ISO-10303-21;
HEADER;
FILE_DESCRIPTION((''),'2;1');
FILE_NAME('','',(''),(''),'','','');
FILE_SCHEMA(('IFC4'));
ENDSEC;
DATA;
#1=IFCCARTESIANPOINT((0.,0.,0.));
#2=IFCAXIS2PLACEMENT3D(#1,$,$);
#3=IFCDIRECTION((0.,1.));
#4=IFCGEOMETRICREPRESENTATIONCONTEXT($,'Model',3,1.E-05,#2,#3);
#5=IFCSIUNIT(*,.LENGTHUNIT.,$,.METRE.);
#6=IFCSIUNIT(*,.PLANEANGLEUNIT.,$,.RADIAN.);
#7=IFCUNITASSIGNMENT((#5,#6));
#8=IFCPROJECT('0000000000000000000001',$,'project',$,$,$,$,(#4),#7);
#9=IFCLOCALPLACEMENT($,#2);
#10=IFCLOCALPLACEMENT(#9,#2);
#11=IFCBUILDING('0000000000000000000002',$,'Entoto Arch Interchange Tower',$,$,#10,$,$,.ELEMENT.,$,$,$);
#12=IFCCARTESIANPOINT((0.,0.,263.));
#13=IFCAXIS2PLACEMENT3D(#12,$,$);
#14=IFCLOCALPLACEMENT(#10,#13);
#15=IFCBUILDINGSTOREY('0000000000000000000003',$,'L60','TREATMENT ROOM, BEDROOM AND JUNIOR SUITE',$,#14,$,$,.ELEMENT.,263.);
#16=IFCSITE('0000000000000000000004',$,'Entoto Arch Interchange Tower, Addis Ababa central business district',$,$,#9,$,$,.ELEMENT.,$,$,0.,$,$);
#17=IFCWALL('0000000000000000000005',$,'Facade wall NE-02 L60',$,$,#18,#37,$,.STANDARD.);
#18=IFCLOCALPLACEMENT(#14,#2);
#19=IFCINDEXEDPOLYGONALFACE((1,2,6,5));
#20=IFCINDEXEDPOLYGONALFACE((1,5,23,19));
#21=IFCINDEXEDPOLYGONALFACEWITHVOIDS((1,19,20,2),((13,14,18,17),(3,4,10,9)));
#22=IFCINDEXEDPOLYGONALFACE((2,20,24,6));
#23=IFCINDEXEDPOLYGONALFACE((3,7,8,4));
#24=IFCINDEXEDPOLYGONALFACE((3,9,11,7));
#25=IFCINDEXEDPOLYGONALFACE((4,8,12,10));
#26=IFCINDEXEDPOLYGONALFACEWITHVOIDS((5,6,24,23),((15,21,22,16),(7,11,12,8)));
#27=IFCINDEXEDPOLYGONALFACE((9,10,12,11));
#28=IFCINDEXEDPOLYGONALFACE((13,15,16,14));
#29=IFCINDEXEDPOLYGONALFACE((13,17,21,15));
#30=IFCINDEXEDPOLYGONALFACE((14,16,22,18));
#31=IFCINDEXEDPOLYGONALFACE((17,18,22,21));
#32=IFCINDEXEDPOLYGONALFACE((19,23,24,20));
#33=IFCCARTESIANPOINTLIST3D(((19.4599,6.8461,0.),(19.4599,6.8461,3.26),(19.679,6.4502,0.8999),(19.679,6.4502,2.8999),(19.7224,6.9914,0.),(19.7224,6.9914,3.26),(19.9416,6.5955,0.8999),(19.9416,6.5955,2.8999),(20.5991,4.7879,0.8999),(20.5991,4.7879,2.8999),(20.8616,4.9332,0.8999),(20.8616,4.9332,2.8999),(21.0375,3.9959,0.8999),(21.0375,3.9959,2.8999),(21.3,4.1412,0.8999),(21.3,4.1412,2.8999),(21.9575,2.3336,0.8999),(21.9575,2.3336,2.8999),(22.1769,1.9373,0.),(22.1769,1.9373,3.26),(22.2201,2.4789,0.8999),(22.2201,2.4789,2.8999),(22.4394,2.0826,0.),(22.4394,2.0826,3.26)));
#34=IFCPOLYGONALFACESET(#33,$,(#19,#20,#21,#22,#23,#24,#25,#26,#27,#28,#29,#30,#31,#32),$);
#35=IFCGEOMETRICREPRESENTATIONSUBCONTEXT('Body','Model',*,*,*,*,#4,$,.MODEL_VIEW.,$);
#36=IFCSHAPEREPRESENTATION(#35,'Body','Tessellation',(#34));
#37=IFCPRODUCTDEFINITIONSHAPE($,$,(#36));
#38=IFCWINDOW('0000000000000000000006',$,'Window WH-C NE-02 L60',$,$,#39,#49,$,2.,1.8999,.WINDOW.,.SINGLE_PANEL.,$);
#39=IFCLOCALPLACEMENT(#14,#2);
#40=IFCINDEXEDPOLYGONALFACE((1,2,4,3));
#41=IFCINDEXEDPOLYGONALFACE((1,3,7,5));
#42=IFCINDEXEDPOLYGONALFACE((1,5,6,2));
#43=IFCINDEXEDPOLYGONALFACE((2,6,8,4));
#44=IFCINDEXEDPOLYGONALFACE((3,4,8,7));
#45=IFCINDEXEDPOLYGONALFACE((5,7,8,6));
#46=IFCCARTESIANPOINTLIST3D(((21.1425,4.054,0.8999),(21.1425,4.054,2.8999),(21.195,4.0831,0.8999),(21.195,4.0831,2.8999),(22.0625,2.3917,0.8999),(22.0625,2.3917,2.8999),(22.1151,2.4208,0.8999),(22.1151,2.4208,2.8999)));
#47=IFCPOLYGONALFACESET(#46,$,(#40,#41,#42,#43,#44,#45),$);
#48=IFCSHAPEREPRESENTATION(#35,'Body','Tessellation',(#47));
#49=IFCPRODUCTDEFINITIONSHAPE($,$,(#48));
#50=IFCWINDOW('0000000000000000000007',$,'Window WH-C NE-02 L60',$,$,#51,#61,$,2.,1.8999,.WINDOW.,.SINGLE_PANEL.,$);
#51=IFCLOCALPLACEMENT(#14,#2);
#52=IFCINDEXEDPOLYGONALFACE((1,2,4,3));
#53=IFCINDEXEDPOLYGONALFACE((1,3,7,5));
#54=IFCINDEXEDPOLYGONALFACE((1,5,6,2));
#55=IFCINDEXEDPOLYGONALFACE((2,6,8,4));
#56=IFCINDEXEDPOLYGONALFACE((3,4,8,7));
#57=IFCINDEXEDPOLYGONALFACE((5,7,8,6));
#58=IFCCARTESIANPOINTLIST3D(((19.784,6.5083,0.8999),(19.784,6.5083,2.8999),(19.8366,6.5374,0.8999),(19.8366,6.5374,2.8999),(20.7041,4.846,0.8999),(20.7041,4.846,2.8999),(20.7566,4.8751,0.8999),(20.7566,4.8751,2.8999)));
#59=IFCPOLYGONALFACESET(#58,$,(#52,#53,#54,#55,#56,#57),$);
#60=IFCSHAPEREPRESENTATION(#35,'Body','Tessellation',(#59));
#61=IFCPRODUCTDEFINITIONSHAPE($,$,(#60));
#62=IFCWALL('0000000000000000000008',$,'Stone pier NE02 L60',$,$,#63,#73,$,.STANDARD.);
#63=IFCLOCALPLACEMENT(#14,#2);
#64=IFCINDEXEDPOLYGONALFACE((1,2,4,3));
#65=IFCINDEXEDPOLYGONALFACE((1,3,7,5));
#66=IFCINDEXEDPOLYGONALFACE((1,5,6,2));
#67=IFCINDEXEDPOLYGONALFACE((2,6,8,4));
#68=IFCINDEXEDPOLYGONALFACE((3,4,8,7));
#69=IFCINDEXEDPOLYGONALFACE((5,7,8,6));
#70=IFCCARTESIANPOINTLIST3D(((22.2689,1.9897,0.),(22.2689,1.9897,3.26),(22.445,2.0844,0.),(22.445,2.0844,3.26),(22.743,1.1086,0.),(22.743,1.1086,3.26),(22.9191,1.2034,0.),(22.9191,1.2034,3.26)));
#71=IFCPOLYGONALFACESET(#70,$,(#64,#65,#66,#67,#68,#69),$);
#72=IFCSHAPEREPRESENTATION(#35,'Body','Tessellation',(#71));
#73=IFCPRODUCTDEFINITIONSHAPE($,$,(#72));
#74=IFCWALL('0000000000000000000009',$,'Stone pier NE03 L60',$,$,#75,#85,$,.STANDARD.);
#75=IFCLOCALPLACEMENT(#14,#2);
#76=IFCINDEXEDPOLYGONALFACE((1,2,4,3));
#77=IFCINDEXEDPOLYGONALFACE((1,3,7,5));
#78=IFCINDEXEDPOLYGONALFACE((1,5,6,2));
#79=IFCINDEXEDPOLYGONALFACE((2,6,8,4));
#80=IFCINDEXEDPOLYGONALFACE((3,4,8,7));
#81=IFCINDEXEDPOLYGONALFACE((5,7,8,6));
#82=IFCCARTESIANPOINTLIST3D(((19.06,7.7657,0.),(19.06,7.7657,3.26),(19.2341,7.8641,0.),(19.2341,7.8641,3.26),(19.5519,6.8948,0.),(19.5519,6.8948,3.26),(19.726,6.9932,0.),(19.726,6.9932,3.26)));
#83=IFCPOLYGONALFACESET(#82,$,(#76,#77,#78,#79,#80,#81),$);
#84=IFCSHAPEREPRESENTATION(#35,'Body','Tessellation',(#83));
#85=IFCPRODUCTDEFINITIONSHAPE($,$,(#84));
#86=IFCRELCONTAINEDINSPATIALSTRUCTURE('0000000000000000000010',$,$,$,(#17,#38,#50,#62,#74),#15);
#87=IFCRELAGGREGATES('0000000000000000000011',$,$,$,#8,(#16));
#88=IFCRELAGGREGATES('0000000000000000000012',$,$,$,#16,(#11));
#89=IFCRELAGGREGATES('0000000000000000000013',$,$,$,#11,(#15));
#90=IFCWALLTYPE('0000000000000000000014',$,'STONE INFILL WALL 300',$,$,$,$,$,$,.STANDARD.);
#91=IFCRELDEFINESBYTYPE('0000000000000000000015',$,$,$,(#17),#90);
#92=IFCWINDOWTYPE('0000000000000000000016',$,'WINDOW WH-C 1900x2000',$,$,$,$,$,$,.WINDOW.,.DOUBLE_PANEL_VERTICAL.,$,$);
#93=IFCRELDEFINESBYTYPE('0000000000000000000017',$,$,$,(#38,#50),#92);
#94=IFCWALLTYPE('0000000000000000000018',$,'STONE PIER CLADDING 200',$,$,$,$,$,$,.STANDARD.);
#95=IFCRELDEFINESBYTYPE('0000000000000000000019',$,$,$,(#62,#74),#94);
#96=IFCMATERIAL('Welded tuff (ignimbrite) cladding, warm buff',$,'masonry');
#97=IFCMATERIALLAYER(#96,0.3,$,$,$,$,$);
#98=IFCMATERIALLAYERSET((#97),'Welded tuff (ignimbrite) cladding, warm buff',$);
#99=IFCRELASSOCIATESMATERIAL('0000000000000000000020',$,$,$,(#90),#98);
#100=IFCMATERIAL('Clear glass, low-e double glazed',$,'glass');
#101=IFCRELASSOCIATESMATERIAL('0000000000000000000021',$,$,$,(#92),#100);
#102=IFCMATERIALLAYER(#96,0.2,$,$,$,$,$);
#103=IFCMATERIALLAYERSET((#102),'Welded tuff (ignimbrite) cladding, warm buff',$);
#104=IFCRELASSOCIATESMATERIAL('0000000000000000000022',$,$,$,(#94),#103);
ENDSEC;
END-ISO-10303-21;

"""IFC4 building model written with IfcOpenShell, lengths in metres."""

from ifc_helpers import new_model, si_unit, direction, frame, frame_2d, origin, place, context, subcontext, project, spatial, rectangle, extrude, material, layer, layer_set, type_object, element, fill, save


model = new_model("IFC4")

# Units and contexts
model_context = context("Model", 3, precision=1e-05, world=origin(), true_north=direction((0.0, 1.0)))
body_context = subcontext(model_context, "Body", "Model", "MODEL_VIEW")
ifc_project = project(units=[si_unit("LENGTHUNIT", "METRE"), si_unit("PLANEANGLEUNIT", "RADIAN")], contexts=[model_context])

# Site, building, storey
site_placement = place(None, origin())
site = spatial("IfcSite", under=ifc_project, at=site_placement, Name="Entoto Arch Interchange Tower, Addis Ababa central business district", CompositionType="ELEMENT", RefElevation=0.0)
building_placement = place(site_placement, origin())
building = spatial("IfcBuilding", under=site, at=building_placement, Name="Entoto Arch Interchange Tower", CompositionType="ELEMENT")
storey_placement = place(building_placement, frame((0.0, 0.0, 263.0)))
storey = spatial("IfcBuildingStorey", under=building, at=storey_placement, Name="L60", Description="TREATMENT ROOM, BEDROOM AND JUNIOR SUITE", CompositionType="ELEMENT", Elevation=263.0)

# Wall, openings, windows
ifc_material_1 = material(Name="Welded tuff (ignimbrite) cladding, warm buff", Category="masonry")
ifc_layer_1 = layer(ifc_material_1, 0.3)
ifc_layer_set_1 = layer_set([ifc_layer_1], Name="Welded tuff (ignimbrite) cladding, warm buff")
wall_type_1 = type_object("IfcWallType", Name="STONE INFILL WALL 300", PredefinedType="STANDARD", material=ifc_layer_set_1)
wall_1_placement = place(storey_placement, frame((22.3081, 2.01, 0.0), z_axis=(0.0, 0.0, 1.0), x_axis=(-0.484261, 0.874924, 0.0)))
wall_1 = element("IfcWall", 1, at=wall_1_placement, inside=storey, type_object=wall_type_1, Name="Facade wall NE-02 L60", PredefinedType="STANDARD", context=body_context, shape_type="SweptSolid", body=[
    extrude(rectangle(XDim=5.6106, YDim=0.3, at=frame_2d((2.8052, 0.0))), origin(), (0.0, 0.0, 1.0), 3.26),
])
opening_1_placement = place(wall_1_placement, frame((0.4529, 0.0, 0.8999)))
opening_1 = element("IfcOpeningElement", 2, at=opening_1_placement, cuts=wall_1, PredefinedType="OPENING", context=body_context, shape_type="SweptSolid", body=[
    extrude(rectangle(XDim=1.8999, YDim=2.0, at=frame_2d((0.95, 1.0))), frame((0.0, 0.1602, 0.0), z_axis=(0.0, -1.0, 0.0), x_axis=(1.0, 0.0, 0.0)), (0.0, 0.0, 1.0), 0.3201),
])
opening_2_placement = place(wall_1_placement, frame((3.2581, 0.0, 0.8999)))
opening_2 = element("IfcOpeningElement", 3, at=opening_2_placement, cuts=wall_1, PredefinedType="OPENING", context=body_context, shape_type="SweptSolid", body=[
    extrude(rectangle(XDim=1.8999, YDim=2.0, at=frame_2d((0.95, 1.0))), frame((0.0, 0.1602, 0.0), z_axis=(0.0, -1.0, 0.0), x_axis=(1.0, 0.0, 0.0)), (0.0, 0.0, 1.0), 0.3201),
])
ifc_material_2 = material(Name="Clear glass, low-e double glazed", Category="glass")
window_type = type_object("IfcWindowType", Name="WINDOW WH-C 1900x2000", PartitioningType="DOUBLE_PANEL_VERTICAL", PredefinedType="WINDOW", material=ifc_material_2)
window_1_placement = place(opening_1_placement, origin())
window_1 = element("IfcWindow", 4, at=window_1_placement, inside=storey, type_object=window_type, Name="Window WH-C NE-02 L60", OverallHeight=2.0, OverallWidth=1.8999, PartitioningType="SINGLE_PANEL", PredefinedType="WINDOW", context=body_context, shape_type="SweptSolid", body=[
    extrude(rectangle(XDim=1.8999, YDim=2.0, at=frame_2d((0.95, 1.0))), frame((0.0, 0.03, 0.0), z_axis=(0.0, -1.0, 0.0), x_axis=(1.0, 0.0, 0.0)), (0.0, 0.0, 1.0), 0.0601),
])
fill(opening_1, window_1)
window_2_placement = place(opening_2_placement, origin())
window_2 = element("IfcWindow", 5, at=window_2_placement, inside=storey, type_object=window_type, Name="Window WH-C NE-02 L60", OverallHeight=2.0, OverallWidth=1.8999, PartitioningType="SINGLE_PANEL", PredefinedType="WINDOW", context=body_context, shape_type="SweptSolid", body=[
    extrude(rectangle(XDim=1.8999, YDim=2.0, at=frame_2d((0.95, 1.0))), frame((0.0, 0.03, 0.0), z_axis=(0.0, -1.0, 0.0), x_axis=(1.0, 0.0, 0.0)), (0.0, 0.0, 1.0), 0.0601),
])
fill(opening_2, window_2)

# Walls
ifc_layer_2 = layer(ifc_material_1, 0.2)
ifc_layer_set_2 = layer_set([ifc_layer_2], Name="Welded tuff (ignimbrite) cladding, warm buff")
wall_type_2 = type_object("IfcWallType", Name="STONE PIER CLADDING 200", PredefinedType="STANDARD", material=ifc_layer_set_2)
wall_2_placement = place(storey_placement, frame((22.8311, 1.156, 0.0), z_axis=(0.0, 0.0, 1.0), x_axis=(-0.473852, 0.880604, 0.0)))
element("IfcWall", 6, at=wall_2_placement, inside=storey, type_object=wall_type_2, Name="Stone pier NE02 L60", PredefinedType="STANDARD", context=body_context, shape_type="SweptSolid", body=[
    extrude(rectangle(XDim=1.0005, YDim=0.2, at=frame_2d((0.5002, 0.0))), origin(), (0.0, 0.0, 1.0), 3.26),
])
wall_3_placement = place(storey_placement, frame((19.6389, 6.9441, 0.0), z_axis=(0.0, 0.0, 1.0), x_axis=(-0.491848, 0.870681, 0.0)))
element("IfcWall", 7, at=wall_3_placement, inside=storey, type_object=wall_type_2, Name="Stone pier NE03 L60", PredefinedType="STANDARD", context=body_context, shape_type="SweptSolid", body=[
    extrude(rectangle(XDim=1.0002, YDim=0.2, at=frame_2d((0.5, 0.0))), origin(), (0.0, 0.0, 1.0), 3.26),
])

save(model, "model.ifc")
